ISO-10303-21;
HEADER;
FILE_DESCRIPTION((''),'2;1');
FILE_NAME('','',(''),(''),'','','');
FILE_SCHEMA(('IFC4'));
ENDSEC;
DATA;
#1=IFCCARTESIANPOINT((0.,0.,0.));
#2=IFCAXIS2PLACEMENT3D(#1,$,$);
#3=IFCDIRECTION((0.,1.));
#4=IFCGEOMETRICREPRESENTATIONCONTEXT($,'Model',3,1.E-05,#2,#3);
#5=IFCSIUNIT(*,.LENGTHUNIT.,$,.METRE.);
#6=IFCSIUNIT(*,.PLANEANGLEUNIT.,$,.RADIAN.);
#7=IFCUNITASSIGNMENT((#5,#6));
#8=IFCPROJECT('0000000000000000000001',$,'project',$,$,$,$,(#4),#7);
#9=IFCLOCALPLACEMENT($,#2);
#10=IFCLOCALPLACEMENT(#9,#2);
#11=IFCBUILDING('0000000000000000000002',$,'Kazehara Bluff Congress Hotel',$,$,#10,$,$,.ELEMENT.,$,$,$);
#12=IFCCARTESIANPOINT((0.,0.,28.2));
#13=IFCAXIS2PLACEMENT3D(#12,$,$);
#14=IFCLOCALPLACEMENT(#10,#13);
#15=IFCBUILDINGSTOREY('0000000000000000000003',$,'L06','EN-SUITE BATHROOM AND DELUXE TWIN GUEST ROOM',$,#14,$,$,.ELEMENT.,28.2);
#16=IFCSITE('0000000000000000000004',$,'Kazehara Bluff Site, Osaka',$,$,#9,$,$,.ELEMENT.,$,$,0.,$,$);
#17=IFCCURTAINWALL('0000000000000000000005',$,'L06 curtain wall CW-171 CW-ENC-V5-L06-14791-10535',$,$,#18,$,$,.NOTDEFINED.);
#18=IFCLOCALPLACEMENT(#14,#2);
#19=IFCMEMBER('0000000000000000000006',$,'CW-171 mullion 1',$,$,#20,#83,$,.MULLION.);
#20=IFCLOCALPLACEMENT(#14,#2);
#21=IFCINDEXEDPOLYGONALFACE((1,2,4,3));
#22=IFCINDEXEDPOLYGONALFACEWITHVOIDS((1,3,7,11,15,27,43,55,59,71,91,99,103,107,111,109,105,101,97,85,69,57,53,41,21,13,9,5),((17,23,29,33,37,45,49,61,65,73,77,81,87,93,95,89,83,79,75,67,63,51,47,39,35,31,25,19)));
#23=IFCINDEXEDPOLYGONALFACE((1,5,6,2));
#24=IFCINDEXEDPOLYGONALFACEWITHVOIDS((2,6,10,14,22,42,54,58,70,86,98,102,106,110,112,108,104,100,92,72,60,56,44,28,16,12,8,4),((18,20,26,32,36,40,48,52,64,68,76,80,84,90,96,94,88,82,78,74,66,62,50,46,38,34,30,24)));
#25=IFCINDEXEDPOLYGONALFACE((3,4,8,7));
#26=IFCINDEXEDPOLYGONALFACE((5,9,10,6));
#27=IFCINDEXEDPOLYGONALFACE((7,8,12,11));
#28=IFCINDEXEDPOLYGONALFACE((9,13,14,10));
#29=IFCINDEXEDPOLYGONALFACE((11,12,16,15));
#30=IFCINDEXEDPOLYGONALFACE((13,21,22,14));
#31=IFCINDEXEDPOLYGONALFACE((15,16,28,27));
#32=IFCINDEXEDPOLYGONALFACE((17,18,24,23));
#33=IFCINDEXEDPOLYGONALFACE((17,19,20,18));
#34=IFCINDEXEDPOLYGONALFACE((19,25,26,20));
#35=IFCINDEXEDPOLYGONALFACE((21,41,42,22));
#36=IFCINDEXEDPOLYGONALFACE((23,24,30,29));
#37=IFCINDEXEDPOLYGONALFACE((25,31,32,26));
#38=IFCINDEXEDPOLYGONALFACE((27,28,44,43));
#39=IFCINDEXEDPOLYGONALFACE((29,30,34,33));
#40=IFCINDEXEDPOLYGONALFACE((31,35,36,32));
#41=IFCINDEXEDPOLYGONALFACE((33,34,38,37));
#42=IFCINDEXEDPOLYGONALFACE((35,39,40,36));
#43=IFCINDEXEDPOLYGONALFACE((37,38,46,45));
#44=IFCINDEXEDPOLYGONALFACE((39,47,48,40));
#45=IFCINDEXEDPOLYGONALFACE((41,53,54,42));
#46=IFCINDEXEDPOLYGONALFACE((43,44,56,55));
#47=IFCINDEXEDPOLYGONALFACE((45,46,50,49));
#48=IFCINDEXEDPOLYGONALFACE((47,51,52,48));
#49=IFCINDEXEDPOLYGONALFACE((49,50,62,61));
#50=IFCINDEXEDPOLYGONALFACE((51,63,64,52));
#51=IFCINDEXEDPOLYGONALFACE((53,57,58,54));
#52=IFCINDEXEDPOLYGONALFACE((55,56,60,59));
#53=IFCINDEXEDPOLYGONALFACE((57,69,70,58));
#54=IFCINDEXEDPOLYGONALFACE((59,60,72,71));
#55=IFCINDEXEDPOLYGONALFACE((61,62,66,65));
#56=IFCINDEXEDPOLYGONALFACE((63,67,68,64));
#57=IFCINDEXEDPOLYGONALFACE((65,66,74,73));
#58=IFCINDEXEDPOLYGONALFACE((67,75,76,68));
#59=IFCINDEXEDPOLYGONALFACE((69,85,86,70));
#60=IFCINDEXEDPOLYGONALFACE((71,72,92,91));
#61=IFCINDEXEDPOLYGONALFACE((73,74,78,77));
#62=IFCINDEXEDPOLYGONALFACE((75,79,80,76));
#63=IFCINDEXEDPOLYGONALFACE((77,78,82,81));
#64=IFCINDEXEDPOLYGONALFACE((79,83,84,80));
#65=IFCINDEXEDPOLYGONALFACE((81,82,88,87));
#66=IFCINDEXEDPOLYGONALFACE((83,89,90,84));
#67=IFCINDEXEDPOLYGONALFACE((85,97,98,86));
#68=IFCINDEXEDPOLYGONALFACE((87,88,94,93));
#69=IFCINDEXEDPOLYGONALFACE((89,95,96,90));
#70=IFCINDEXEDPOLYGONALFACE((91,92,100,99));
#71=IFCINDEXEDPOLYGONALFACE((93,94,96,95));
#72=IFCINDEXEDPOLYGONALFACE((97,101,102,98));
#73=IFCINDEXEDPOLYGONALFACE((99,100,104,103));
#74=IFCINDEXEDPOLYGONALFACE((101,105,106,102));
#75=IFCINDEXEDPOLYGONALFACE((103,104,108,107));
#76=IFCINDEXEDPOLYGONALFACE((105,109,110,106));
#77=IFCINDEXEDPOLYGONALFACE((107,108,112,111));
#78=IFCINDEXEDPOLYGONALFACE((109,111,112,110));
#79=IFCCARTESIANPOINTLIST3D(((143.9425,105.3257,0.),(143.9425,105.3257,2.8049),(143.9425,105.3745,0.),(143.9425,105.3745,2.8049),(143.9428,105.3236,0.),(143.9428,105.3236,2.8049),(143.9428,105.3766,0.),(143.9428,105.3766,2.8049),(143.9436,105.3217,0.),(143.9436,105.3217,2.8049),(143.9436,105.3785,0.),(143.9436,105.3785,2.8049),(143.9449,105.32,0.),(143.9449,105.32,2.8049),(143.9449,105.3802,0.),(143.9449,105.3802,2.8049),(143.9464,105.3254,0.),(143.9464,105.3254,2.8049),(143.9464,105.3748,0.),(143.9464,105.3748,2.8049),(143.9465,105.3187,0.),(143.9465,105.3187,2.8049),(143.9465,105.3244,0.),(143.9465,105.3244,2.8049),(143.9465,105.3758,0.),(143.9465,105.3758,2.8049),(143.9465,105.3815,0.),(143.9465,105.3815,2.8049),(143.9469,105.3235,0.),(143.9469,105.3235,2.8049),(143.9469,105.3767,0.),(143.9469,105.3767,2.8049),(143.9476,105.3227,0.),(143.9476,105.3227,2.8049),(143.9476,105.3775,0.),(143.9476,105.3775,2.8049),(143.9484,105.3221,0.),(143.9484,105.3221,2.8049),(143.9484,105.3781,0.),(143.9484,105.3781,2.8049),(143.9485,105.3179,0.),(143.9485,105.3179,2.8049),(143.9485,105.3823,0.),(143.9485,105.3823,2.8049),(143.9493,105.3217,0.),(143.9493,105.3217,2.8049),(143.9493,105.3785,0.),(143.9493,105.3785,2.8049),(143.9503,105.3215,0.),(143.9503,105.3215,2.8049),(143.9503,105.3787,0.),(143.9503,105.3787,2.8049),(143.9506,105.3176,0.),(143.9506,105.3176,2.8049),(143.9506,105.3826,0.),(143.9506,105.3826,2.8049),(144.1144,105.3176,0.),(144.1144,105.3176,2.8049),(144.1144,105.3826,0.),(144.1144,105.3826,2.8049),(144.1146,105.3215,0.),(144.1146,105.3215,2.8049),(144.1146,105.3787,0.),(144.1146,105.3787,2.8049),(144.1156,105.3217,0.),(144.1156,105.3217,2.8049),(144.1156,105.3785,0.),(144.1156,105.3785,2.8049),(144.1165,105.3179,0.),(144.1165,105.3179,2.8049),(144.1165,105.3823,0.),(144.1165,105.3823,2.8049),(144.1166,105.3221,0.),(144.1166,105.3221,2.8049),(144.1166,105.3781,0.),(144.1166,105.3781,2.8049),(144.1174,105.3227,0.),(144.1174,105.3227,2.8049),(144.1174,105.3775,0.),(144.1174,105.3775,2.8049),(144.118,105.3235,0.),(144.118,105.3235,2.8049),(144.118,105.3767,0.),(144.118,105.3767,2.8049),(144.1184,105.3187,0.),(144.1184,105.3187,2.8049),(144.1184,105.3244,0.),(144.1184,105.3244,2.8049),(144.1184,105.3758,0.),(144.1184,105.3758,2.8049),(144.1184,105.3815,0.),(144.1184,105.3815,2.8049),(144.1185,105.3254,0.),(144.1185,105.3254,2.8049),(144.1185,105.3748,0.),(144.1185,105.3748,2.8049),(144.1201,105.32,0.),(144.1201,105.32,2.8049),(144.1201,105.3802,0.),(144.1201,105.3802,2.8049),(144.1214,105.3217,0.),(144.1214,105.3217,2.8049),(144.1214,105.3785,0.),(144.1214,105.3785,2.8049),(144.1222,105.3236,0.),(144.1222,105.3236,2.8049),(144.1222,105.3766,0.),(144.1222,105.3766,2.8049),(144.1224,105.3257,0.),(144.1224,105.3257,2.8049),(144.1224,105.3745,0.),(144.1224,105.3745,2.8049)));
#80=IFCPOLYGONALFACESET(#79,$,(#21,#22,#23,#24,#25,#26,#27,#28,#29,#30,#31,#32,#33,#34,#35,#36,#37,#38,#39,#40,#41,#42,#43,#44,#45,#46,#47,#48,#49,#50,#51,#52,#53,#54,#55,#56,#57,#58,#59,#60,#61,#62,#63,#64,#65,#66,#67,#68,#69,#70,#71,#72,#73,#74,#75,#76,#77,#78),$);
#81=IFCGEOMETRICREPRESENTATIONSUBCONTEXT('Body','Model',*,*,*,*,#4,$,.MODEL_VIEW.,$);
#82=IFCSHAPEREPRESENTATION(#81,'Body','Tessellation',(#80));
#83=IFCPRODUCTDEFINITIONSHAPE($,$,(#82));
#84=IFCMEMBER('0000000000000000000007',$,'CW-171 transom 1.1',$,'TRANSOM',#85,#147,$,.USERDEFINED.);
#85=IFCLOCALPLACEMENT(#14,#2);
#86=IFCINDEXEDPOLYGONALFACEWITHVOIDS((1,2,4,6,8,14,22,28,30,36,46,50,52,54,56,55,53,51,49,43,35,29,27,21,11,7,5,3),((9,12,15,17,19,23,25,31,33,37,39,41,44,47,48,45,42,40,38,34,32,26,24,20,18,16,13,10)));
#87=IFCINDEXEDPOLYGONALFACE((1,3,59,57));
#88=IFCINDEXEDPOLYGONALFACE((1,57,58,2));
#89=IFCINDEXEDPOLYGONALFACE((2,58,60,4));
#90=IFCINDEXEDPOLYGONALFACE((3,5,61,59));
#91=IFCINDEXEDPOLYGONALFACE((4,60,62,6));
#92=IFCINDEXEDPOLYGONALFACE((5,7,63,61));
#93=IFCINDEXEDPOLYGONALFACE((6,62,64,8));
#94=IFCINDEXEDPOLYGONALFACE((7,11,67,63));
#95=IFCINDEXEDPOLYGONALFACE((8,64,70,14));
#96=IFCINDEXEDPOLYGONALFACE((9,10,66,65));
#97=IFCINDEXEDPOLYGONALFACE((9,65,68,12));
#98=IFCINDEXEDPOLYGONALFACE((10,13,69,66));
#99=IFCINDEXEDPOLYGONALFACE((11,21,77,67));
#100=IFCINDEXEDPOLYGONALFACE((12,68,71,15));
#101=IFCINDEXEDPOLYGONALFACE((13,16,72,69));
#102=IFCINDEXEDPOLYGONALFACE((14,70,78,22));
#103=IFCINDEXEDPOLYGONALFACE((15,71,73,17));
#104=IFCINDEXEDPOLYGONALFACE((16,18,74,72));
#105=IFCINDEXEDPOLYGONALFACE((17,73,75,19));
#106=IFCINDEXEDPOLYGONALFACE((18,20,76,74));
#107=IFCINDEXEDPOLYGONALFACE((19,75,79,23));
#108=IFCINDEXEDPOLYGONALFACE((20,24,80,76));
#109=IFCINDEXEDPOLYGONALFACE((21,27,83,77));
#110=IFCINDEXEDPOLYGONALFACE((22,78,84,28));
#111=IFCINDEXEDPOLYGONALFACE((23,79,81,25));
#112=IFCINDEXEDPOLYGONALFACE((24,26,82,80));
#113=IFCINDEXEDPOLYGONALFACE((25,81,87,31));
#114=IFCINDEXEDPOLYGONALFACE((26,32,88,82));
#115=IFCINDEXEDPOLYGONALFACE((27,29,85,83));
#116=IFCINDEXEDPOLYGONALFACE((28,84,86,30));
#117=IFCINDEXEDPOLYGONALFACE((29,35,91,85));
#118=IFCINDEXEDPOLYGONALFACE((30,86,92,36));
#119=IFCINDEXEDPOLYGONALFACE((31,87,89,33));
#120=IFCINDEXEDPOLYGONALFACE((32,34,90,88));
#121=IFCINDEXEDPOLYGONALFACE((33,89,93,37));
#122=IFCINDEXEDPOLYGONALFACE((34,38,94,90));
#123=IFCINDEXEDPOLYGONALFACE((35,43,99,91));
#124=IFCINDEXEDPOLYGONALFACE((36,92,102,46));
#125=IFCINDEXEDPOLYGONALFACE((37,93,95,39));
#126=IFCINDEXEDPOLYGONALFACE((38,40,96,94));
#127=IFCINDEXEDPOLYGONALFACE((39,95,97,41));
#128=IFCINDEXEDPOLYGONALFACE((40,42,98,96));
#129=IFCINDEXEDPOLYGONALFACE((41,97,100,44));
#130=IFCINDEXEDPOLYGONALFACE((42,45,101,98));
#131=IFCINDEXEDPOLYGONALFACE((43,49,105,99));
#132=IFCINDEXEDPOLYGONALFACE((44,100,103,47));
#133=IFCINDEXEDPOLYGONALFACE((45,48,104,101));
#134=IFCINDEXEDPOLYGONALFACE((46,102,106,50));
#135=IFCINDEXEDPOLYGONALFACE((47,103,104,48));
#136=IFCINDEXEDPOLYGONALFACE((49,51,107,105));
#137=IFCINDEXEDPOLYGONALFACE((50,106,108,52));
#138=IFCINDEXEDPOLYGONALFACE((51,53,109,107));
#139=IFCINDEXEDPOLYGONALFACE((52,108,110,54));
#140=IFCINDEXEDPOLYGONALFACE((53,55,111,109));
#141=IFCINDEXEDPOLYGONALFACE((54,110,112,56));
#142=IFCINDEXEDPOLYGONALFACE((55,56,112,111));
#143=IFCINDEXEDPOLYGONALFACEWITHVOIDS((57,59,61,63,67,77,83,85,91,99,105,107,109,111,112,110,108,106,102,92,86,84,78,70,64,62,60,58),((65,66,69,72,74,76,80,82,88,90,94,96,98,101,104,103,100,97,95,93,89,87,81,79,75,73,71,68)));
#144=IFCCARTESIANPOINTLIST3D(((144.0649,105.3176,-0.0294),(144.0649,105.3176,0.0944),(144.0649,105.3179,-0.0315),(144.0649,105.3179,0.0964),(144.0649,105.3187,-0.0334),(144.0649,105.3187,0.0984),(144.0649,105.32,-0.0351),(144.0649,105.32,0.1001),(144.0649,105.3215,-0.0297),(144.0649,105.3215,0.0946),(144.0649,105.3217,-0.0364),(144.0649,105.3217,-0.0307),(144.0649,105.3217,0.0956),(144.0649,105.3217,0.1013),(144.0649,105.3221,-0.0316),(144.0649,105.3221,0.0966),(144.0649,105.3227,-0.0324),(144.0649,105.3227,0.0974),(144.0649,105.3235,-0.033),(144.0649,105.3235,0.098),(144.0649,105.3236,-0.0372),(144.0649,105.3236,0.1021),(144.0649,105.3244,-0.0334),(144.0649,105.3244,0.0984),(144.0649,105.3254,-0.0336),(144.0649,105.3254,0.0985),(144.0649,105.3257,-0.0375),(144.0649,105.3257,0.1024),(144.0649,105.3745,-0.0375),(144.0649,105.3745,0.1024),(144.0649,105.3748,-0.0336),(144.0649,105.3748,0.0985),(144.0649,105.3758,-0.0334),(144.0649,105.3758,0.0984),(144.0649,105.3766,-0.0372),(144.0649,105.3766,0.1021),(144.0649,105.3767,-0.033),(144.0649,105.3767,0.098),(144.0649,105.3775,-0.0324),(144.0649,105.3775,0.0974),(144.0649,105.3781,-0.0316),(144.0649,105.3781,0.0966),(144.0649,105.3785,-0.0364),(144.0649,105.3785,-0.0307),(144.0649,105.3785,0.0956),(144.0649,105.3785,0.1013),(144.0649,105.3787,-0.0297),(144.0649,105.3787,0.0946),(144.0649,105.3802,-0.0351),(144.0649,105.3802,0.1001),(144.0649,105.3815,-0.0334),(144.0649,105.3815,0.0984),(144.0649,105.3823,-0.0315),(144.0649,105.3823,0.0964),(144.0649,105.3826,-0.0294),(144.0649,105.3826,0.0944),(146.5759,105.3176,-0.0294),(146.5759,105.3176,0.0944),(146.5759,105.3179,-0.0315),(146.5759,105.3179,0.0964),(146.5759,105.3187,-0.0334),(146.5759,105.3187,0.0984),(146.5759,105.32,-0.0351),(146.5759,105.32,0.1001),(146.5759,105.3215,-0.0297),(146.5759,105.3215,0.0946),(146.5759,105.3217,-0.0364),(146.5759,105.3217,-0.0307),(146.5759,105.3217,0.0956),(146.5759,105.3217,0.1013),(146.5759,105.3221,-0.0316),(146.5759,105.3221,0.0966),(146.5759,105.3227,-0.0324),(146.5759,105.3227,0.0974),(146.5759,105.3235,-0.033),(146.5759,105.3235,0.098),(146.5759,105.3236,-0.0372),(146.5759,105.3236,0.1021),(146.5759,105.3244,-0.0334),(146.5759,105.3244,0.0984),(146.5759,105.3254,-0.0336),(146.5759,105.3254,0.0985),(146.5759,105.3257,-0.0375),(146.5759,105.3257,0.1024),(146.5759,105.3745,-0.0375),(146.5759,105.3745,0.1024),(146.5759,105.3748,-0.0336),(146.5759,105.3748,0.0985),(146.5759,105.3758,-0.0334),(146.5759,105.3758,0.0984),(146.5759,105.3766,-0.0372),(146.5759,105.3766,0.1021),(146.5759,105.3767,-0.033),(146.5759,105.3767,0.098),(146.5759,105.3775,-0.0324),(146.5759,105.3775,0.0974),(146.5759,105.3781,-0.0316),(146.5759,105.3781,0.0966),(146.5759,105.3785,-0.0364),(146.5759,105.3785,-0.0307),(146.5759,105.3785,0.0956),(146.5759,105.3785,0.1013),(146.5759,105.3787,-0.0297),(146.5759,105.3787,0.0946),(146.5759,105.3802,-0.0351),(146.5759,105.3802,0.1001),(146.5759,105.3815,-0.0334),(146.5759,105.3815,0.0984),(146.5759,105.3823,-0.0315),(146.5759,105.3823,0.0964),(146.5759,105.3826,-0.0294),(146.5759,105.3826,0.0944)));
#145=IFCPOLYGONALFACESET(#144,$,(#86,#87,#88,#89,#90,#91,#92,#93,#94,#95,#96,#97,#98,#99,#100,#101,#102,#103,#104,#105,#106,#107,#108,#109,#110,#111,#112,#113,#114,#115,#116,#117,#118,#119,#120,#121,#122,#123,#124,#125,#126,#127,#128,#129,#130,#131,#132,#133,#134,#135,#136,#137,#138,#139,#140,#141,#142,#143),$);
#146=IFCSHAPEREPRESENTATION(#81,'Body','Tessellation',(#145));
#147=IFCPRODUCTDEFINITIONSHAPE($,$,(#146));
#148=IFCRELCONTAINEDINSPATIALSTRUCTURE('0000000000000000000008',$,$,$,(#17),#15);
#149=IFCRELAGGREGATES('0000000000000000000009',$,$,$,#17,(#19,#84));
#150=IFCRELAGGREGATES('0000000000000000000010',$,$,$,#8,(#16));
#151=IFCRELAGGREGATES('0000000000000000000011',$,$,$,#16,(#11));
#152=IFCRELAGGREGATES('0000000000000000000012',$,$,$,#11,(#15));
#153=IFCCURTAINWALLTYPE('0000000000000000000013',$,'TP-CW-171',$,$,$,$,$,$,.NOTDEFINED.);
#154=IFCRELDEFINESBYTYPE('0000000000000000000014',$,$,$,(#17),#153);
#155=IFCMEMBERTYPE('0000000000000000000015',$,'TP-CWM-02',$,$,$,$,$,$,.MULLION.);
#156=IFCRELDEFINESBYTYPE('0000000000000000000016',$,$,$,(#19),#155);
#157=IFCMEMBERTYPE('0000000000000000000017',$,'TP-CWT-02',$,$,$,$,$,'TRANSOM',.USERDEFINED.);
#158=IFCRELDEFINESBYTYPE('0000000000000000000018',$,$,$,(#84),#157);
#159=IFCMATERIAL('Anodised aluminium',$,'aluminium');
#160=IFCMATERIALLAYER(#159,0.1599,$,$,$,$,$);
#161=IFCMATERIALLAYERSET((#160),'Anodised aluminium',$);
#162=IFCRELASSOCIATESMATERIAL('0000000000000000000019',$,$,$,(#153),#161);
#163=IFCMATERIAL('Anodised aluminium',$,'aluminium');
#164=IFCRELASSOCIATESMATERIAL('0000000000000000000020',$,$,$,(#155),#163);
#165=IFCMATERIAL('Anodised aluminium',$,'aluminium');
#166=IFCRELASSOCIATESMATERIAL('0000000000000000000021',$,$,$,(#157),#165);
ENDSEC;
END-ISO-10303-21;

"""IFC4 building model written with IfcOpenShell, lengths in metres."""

from ifc_helpers import new_model, si_unit, direction, frame, origin, origin_2d, place, context, subcontext, project, spatial, hollow_rectangle, extrude, material, layer, layer_set, material_profile, profile_set, type_object, element, aggregate, save


model = new_model("IFC4")

# Units and contexts
model_context = context("Model", 3, precision=1e-05, world=origin(), true_north=direction((0.0, 1.0)))
body_context = subcontext(model_context, "Body", "Model", "MODEL_VIEW")
ifc_project = project(units=[si_unit("LENGTHUNIT", "METRE"), si_unit("PLANEANGLEUNIT", "RADIAN")], contexts=[model_context])

# Site, building, storey
site_placement = place(None, origin())
site = spatial("IfcSite", under=ifc_project, at=site_placement, Name="Kazehara Bluff Site, Osaka", CompositionType="ELEMENT", RefElevation=0.0)
building_placement = place(site_placement, origin())
building = spatial("IfcBuilding", under=site, at=building_placement, Name="Kazehara Bluff Congress Hotel", CompositionType="ELEMENT")
storey_placement = place(building_placement, frame((0.0, 0.0, 28.2)))
storey = spatial("IfcBuildingStorey", under=building, at=storey_placement, Name="L06", Description="EN-SUITE BATHROOM AND DELUXE TWIN GUEST ROOM", CompositionType="ELEMENT", Elevation=28.2)

# Curtain wall, members
ifc_material_1 = material(Name="Anodised aluminium", Category="aluminium")
ifc_layer_1 = layer(ifc_material_1, 0.1599)
ifc_layer_set_1 = layer_set([ifc_layer_1], Name="Anodised aluminium")
curtain_wall_type = type_object("IfcCurtainWallType", Name="TP-CW-171", PredefinedType="NOTDEFINED", material=ifc_layer_set_1)
curtain_wall_placement = place(storey_placement, origin())
curtain_wall = element("IfcCurtainWall", 1, at=curtain_wall_placement, inside=storey, type_object=curtain_wall_type, Name="L06 curtain wall CW-171 CW-ENC-V5-L06-14791-10535", PredefinedType="NOTDEFINED")
ifc_material_2 = material(Name="Anodised aluminium", Category="aluminium")
ifc_material_profile_1 = material_profile(ifc_material_2, hollow_rectangle(XDim=0.0649, YDim=0.1799, WallThickness=0.0039, InnerFilletRadius=0.0039, OuterFilletRadius=0.0081, at=origin_2d()))
ifc_profile_set_1 = profile_set([ifc_material_profile_1], Name="Anodised aluminium")
member_type_1 = type_object("IfcMemberType", Name="TP-CWM-02", PredefinedType="MULLION", material=ifc_profile_set_1)
member_1_placement = place(storey_placement, frame((144.0325, 105.3501, 0.0), z_axis=(0.0, 0.0, 1.0), x_axis=(0.0, 1.0, 0.0)))
member_1 = element("IfcMember", 2, at=member_1_placement, type_object=member_type_1, Name="CW-171 mullion 1", PredefinedType="MULLION", context=body_context, shape_type="SweptSolid", body=[
    extrude(hollow_rectangle(XDim=0.0649, YDim=0.1799, WallThickness=0.0039, InnerFilletRadius=0.0039, OuterFilletRadius=0.0081, at=origin_2d()), origin(), (0.0, 0.0, 1.0), 2.8049),
])
ifc_material_3 = material(Name="Anodised aluminium", Category="aluminium")
ifc_material_profile_2 = material_profile(ifc_material_3, hollow_rectangle(XDim=0.0649, YDim=0.1399, WallThickness=0.0039, InnerFilletRadius=0.0039, OuterFilletRadius=0.0081, at=origin_2d()))
ifc_profile_set_2 = profile_set([ifc_material_profile_2], Name="Anodised aluminium")
member_type_2 = type_object("IfcMemberType", Name="TP-CWT-02", ElementType="TRANSOM", PredefinedType="USERDEFINED", material=ifc_profile_set_2)
member_2_placement = place(storey_placement, frame((144.0649, 105.3501, 0.0325), z_axis=(1.0, 0.0, 0.0), x_axis=(0.0, 1.0, 0.0)))
member_2 = element("IfcMember", 3, at=member_2_placement, type_object=member_type_2, Name="CW-171 transom 1.1", ObjectType="TRANSOM", PredefinedType="USERDEFINED", context=body_context, shape_type="SweptSolid", body=[
    extrude(hollow_rectangle(XDim=0.0649, YDim=0.1399, WallThickness=0.0039, InnerFilletRadius=0.0039, OuterFilletRadius=0.0081, at=origin_2d()), origin(), (0.0, 0.0, 1.0), 2.511),
])

aggregate(curtain_wall, [member_1, member_2])

save(model, "model.ifc")
